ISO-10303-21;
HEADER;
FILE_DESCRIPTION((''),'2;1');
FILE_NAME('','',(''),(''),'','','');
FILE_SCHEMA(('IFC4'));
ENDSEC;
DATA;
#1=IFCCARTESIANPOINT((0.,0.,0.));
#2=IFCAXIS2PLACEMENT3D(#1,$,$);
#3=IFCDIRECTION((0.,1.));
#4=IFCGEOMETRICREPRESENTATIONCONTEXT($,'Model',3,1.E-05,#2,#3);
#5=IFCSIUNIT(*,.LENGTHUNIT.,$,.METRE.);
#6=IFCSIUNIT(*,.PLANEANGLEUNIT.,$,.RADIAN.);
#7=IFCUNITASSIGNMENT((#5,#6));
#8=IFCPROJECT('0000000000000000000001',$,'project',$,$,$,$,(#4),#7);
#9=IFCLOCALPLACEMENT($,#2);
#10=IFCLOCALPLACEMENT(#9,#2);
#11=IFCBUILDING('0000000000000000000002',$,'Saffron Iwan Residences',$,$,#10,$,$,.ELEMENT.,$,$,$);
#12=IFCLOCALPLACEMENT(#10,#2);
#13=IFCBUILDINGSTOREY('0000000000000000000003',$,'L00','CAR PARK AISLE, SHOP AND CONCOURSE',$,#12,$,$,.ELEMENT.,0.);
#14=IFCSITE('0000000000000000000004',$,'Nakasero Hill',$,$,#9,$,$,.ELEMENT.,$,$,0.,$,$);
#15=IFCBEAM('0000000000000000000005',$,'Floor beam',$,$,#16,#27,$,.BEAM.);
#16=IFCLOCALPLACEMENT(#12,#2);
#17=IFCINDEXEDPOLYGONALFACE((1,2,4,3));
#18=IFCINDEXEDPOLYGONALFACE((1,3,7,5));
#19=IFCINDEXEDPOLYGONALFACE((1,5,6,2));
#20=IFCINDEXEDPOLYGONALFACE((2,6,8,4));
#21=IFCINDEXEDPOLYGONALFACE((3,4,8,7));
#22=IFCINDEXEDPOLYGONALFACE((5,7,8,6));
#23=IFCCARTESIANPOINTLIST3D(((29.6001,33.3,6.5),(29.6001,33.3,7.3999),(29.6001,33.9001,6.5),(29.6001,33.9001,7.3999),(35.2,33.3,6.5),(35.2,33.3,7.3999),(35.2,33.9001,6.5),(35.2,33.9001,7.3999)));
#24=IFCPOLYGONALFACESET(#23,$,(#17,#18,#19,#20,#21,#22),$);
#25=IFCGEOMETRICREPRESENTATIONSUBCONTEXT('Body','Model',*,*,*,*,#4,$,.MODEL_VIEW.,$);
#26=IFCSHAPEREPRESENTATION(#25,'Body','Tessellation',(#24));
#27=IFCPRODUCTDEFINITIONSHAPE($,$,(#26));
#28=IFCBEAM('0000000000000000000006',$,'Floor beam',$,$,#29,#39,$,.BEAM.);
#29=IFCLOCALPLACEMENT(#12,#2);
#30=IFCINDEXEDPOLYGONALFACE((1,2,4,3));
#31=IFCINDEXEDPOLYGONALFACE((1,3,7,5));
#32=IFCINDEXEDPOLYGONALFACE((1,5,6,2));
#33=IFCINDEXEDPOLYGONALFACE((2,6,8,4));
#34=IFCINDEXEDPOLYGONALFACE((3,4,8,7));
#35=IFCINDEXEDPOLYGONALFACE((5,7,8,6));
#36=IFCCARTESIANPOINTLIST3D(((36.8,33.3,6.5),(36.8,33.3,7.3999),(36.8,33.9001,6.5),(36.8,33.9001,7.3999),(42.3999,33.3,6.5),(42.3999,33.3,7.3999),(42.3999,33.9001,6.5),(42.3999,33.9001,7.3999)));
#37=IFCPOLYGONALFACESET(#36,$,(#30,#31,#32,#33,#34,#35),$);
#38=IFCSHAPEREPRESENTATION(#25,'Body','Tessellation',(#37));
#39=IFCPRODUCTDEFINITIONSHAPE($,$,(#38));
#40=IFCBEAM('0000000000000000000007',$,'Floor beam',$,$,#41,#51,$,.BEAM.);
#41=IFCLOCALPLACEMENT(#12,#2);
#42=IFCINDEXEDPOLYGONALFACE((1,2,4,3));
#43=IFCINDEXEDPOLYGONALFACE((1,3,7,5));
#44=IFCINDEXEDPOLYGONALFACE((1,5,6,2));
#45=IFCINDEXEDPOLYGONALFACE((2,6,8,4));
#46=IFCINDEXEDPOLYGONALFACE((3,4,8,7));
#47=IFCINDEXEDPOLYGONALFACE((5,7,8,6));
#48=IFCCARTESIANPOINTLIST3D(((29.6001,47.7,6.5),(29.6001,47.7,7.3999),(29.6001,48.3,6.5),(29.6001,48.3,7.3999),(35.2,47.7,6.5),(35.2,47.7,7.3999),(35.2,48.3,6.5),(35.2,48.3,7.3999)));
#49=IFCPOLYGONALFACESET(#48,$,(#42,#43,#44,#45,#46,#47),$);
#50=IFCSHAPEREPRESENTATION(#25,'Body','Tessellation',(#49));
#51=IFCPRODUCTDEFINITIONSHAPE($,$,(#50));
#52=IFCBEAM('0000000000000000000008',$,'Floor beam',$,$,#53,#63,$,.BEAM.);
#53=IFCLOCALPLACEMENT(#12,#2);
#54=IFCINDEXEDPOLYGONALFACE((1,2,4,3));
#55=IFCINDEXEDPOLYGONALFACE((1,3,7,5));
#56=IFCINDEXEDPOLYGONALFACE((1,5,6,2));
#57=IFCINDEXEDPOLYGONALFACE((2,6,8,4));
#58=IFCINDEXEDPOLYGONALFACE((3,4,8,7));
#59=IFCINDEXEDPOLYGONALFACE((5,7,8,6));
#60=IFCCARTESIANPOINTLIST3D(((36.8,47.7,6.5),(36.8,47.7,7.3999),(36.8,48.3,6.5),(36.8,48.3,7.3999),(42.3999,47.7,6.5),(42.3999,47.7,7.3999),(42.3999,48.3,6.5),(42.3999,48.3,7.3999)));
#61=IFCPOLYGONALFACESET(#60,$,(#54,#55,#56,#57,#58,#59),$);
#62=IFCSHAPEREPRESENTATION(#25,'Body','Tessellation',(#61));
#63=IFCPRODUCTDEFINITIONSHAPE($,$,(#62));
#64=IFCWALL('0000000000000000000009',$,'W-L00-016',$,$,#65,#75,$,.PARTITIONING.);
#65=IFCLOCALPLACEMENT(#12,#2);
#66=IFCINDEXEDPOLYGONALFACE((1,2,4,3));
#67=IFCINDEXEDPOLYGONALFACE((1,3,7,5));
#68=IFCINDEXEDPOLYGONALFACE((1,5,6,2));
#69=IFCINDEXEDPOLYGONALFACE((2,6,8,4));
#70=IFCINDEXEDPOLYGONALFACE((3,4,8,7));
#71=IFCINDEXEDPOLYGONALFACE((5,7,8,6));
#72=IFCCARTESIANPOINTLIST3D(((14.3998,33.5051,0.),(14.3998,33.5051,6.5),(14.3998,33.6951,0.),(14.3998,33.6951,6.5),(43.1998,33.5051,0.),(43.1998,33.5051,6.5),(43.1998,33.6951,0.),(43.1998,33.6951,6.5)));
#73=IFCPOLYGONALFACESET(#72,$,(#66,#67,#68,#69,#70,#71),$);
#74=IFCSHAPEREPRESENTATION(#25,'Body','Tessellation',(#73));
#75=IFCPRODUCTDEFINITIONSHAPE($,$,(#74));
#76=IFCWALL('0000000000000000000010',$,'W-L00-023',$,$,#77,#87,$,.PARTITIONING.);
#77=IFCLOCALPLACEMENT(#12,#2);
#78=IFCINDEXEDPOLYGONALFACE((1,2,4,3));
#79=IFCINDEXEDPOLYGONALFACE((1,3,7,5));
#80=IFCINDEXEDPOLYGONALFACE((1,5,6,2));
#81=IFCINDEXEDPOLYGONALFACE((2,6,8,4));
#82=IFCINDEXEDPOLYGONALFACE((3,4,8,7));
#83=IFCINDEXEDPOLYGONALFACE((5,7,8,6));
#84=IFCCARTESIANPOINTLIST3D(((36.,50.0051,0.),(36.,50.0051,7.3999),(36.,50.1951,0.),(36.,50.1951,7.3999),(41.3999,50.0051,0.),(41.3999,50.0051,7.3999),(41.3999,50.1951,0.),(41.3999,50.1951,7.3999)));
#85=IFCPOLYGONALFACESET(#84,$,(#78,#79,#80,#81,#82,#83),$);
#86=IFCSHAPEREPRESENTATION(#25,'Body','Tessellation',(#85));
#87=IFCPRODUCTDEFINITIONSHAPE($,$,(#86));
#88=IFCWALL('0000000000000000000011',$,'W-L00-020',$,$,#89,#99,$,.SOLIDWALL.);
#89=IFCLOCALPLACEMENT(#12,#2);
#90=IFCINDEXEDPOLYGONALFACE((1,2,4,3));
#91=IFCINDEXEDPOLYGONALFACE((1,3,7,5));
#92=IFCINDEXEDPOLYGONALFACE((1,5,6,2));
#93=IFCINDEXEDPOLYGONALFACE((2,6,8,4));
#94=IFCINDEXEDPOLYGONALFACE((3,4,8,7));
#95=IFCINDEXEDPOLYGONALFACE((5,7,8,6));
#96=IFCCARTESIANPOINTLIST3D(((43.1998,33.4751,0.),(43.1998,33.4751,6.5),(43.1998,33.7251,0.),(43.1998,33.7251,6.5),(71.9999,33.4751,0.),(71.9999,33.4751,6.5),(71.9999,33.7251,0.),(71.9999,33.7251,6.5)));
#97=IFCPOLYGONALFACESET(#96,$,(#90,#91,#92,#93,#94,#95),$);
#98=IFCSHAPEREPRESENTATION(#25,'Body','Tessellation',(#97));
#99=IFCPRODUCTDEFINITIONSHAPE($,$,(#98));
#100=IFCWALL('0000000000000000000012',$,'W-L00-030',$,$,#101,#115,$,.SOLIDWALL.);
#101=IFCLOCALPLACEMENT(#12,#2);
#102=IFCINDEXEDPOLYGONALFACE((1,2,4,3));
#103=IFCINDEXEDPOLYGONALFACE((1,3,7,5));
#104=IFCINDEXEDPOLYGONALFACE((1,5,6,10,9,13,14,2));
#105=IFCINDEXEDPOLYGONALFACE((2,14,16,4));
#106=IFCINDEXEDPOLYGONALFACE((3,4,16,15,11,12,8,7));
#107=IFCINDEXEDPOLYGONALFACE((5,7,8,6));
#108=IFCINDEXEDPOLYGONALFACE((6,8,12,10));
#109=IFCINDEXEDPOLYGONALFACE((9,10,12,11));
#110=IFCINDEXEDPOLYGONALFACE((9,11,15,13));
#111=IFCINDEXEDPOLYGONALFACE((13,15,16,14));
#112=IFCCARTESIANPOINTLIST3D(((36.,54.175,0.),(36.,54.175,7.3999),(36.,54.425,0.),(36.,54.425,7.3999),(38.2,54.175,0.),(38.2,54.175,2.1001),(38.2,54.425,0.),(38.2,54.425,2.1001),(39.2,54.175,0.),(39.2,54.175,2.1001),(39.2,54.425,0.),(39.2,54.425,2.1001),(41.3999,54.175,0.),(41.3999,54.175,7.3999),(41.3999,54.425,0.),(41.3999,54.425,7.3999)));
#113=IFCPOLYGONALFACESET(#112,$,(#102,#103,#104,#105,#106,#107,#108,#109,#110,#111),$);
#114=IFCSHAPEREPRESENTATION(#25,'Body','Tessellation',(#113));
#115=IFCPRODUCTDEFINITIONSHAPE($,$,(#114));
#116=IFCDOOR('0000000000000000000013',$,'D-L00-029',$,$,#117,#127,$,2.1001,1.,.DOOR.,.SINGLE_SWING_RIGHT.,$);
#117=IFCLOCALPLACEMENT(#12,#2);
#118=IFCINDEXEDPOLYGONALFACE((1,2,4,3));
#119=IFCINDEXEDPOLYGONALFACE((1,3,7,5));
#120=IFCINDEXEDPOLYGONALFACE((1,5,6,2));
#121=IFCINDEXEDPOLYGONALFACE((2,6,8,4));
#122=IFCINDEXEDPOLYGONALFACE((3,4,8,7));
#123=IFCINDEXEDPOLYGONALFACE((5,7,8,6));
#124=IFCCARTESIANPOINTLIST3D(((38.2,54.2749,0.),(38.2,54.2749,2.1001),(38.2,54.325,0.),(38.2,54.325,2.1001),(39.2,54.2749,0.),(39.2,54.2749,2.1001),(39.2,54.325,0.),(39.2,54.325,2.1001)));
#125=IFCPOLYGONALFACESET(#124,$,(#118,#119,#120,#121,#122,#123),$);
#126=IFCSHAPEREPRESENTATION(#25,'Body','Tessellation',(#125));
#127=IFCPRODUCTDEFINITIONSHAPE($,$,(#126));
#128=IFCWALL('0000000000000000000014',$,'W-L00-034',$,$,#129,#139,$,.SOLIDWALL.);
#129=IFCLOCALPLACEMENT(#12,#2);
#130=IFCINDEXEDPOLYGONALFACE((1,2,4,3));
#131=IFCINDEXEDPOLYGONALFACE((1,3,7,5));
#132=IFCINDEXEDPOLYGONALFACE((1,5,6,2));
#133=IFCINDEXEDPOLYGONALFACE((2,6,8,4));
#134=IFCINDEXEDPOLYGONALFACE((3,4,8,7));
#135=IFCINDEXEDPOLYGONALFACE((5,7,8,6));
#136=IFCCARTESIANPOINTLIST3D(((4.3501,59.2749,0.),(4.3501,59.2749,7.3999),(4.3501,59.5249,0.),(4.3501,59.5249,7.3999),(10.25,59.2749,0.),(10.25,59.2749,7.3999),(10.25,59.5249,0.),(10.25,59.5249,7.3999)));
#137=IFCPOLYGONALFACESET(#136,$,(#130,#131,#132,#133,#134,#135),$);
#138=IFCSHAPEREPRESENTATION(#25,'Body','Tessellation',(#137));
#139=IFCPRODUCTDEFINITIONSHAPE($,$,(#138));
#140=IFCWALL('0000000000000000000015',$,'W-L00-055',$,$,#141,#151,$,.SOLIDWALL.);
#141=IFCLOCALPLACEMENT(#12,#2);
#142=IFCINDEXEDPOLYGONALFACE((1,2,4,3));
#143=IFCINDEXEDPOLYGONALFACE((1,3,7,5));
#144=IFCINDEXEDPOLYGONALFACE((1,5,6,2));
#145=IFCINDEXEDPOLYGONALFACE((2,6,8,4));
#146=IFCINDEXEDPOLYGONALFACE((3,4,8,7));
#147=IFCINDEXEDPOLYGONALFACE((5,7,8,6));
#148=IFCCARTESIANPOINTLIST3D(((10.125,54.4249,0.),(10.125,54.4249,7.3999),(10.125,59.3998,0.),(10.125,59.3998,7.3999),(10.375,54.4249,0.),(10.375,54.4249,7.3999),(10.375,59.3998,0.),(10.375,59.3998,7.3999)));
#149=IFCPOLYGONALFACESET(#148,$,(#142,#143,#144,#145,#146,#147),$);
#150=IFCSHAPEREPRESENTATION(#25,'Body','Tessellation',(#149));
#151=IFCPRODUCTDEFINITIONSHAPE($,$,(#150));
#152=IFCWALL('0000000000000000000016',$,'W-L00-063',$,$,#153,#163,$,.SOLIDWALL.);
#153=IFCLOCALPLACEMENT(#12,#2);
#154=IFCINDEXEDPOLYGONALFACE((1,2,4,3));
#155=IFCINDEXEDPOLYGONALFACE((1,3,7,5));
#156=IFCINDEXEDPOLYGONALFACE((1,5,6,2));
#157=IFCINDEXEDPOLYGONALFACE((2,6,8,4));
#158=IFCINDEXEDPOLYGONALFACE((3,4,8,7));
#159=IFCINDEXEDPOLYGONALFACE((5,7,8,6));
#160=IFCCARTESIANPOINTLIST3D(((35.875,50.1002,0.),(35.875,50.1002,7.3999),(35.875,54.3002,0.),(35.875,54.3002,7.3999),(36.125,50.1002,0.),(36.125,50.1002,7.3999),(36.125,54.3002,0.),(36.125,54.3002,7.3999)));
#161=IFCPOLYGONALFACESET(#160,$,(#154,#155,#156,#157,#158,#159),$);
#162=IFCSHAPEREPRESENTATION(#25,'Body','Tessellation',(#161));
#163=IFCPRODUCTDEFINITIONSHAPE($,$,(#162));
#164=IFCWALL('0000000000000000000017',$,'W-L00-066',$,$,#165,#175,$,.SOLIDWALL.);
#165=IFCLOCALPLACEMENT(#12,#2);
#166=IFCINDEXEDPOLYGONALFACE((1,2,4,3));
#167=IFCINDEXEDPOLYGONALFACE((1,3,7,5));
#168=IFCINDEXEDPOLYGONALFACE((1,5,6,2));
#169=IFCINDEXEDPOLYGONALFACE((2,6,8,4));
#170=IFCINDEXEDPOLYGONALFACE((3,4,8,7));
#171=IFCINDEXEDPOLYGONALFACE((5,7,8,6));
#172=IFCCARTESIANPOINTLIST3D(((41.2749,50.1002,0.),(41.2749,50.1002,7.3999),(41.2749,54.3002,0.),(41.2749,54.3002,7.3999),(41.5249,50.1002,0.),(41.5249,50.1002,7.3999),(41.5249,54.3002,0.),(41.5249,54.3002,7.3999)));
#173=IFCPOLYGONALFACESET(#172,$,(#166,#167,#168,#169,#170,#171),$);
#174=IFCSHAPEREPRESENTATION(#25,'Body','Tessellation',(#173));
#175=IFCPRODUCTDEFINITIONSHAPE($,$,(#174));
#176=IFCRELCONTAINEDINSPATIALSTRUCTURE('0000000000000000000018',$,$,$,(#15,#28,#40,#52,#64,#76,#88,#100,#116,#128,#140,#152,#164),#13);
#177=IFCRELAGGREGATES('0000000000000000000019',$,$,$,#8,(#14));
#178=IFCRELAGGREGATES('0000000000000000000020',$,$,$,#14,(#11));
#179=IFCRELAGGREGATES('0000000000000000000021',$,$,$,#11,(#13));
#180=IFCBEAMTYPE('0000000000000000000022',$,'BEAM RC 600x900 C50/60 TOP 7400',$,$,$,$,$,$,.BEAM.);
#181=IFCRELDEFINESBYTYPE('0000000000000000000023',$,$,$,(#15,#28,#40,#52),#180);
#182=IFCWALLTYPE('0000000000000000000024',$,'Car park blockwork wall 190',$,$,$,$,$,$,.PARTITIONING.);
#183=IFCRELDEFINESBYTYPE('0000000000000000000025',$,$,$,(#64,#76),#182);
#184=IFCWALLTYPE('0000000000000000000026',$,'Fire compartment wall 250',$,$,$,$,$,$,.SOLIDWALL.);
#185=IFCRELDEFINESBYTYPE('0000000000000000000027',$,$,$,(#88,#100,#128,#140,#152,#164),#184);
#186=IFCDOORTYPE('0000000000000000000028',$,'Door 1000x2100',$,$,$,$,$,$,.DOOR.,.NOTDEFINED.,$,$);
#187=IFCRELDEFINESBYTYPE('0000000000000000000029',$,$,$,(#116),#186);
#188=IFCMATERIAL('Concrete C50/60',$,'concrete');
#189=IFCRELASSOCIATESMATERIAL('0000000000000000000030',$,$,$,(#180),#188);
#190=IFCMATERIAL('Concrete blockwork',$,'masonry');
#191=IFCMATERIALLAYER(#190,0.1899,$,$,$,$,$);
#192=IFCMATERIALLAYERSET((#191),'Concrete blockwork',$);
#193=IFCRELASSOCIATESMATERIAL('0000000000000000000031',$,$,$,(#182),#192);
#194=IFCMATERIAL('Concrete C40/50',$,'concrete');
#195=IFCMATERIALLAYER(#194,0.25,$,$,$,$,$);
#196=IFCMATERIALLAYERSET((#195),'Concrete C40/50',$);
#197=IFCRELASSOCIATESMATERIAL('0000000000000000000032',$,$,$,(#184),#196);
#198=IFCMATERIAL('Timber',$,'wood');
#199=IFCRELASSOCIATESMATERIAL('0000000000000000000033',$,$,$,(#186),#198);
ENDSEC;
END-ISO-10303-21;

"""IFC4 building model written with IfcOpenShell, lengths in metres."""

from ifc_helpers import new_model, si_unit, direction, frame, frame_2d, origin, origin_2d, place, context, subcontext, project, spatial, rectangle, extrude, source, transform, mapped, material, layer, layer_set, material_profile, profile_set, type_object, element, fill, save


model = new_model("IFC4")

# Units and contexts
model_context = context("Model", 3, precision=1e-05, world=origin(), true_north=direction((0.0, 1.0)))
body_context = subcontext(model_context, "Body", "Model", "MODEL_VIEW")
ifc_project = project(units=[si_unit("LENGTHUNIT", "METRE"), si_unit("PLANEANGLEUNIT", "RADIAN")], contexts=[model_context])

# Site, building, storey
site_placement = place(None, origin())
site = spatial("IfcSite", under=ifc_project, at=site_placement, Name="Nakasero Hill", CompositionType="ELEMENT", RefElevation=0.0)
building_placement = place(site_placement, origin())
building = spatial("IfcBuilding", under=site, at=building_placement, Name="Saffron Iwan Residences", CompositionType="ELEMENT")
storey_placement = place(building_placement, origin())
storey = spatial("IfcBuildingStorey", under=building, at=storey_placement, Name="L00", Description="CAR PARK AISLE, SHOP AND CONCOURSE", CompositionType="ELEMENT", Elevation=0.0)

# Shared definitions
ifc_material_1 = material(Name="Concrete C50/60", Category="concrete")

# Beams
ifc_material_profile_1 = material_profile(ifc_material_1, rectangle(XDim=0.6001, YDim=0.8999, at=origin_2d()), Name="RC 600x900")
ifc_profile_set_1 = profile_set([ifc_material_profile_1], Name="Concrete C50/60")
beam_type_1 = type_object("IfcBeamType", Name="BEAM RC 600x900 C50/60 TOP 7400", PredefinedType="BEAM", material=ifc_profile_set_1)
shared_shape_1 = source(origin(), body_context, "Body", "SweptSolid", [
    extrude(rectangle(XDim=0.6001, YDim=0.8999, at=origin_2d()), origin(), (0.0, 0.0, 1.0), 5.5999),
])
for number, where, z_axis, x_axis, name in (
    (1, (29.6001, 33.6001, 6.95), (1.0, 0.0, 0.0), (0.0, 1.0, 0.0), "Floor beam"),
    (2, (36.8, 33.6001, 6.95), (1.0, 0.0, 0.0), (0.0, 1.0, 0.0), "Floor beam"),
    (3, (29.6001, 48.0, 6.95), (1.0, 0.0, 0.0), (0.0, 1.0, 0.0), "Floor beam"),
    (4, (36.8, 48.0, 6.95), (1.0, 0.0, 0.0), (0.0, 1.0, 0.0), "Floor beam"),
):
    element("IfcBeam", number, at=place(storey_placement, frame(where, z_axis=z_axis, x_axis=x_axis)), inside=storey, type_object=beam_type_1, Name=name, PredefinedType="BEAM", context=body_context, shape_type="MappedRepresentation", body=[
        mapped(shared_shape_1, transform((0.0, 0.0, 0.0))),
    ])

# Walls
ifc_material_2 = material(Name="Concrete blockwork", Category="masonry")
ifc_layer_1 = layer(ifc_material_2, 0.1899)
ifc_layer_set_1 = layer_set([ifc_layer_1], Name="Concrete blockwork")
wall_type_1 = type_object("IfcWallType", Name="Car park blockwork wall 190", PredefinedType="PARTITIONING", material=ifc_layer_set_1)
wall_1_placement = place(storey_placement, frame((14.3999, 33.6001, 0.0), z_axis=(0.0, 0.0, 1.0), x_axis=(1.0, 0.0, 0.0)))
element("IfcWall", 5, at=wall_1_placement, inside=storey, type_object=wall_type_1, Name="W-L00-016", PredefinedType="PARTITIONING", context=body_context, shape_type="SweptSolid", body=[
    extrude(rectangle(XDim=28.8, YDim=0.1899, at=frame_2d((14.3999, 0.0))), origin(), (0.0, 0.0, 1.0), 6.5),
])
wall_2_placement = place(storey_placement, frame((36.0, 50.1001, 0.0), z_axis=(0.0, 0.0, 1.0), x_axis=(1.0, 0.0, 0.0)))
element("IfcWall", 6, at=wall_2_placement, inside=storey, type_object=wall_type_1, Name="W-L00-023", PredefinedType="PARTITIONING", context=body_context, shape_type="SweptSolid", body=[
    extrude(rectangle(XDim=5.3999, YDim=0.1899, at=frame_2d((2.7, 0.0))), origin(), (0.0, 0.0, 1.0), 7.3999),
])
ifc_material_3 = material(Name="Concrete C40/50", Category="concrete")
ifc_layer_2 = layer(ifc_material_3, 0.25)
ifc_layer_set_2 = layer_set([ifc_layer_2], Name="Concrete C40/50")
wall_type_2 = type_object("IfcWallType", Name="Fire compartment wall 250", PredefinedType="SOLIDWALL", material=ifc_layer_set_2)
wall_3_placement = place(storey_placement, frame((43.2, 33.6001, 0.0), z_axis=(0.0, 0.0, 1.0), x_axis=(1.0, 0.0, 0.0)))
element("IfcWall", 7, at=wall_3_placement, inside=storey, type_object=wall_type_2, Name="W-L00-020", PredefinedType="SOLIDWALL", context=body_context, shape_type="SweptSolid", body=[
    extrude(rectangle(XDim=28.8, YDim=0.25, at=frame_2d((14.3999, 0.0))), origin(), (0.0, 0.0, 1.0), 6.5),
])

# Wall, opening, door
wall_4_placement = place(storey_placement, frame((36.0, 54.3, 0.0), z_axis=(0.0, 0.0, 1.0), x_axis=(1.0, 0.0, 0.0)))
wall_4 = element("IfcWall", 8, at=wall_4_placement, inside=storey, type_object=wall_type_2, Name="W-L00-030", PredefinedType="SOLIDWALL", context=body_context, shape_type="SweptSolid", body=[
    extrude(rectangle(XDim=5.3999, YDim=0.25, at=frame_2d((2.7, 0.0))), origin(), (0.0, 0.0, 1.0), 7.3999),
])
opening_1_placement = place(wall_4_placement, frame((2.2, 0.0, 0.0)))
opening_1 = element("IfcOpeningElement", 9, at=opening_1_placement, cuts=wall_4, PredefinedType="OPENING", context=body_context, shape_type="SweptSolid", body=[
    extrude(rectangle(XDim=1.0, YDim=2.1001, at=frame_2d((0.5, 1.05))), frame((0.0, 0.135, 0.0), z_axis=(0.0, -1.0, 0.0), x_axis=(1.0, 0.0, 0.0)), (0.0, 0.0, 1.0), 0.27),
])
ifc_material_4 = material(Name="Timber", Category="wood")
door_type_1 = type_object("IfcDoorType", Name="Door 1000x2100", OperationType="NOTDEFINED", PredefinedType="DOOR", material=ifc_material_4)
door_1_placement = place(opening_1_placement, origin())
door_1 = element("IfcDoor", 10, at=door_1_placement, inside=storey, type_object=door_type_1, Name="D-L00-029", OperationType="SINGLE_SWING_RIGHT", OverallHeight=2.1001, OverallWidth=1.0, PredefinedType="DOOR", context=body_context, shape_type="SweptSolid", body=[
    extrude(rectangle(XDim=1.0, YDim=2.1001, at=frame_2d((0.5, 1.05))), frame((0.0, 0.0249, 0.0), z_axis=(0.0, -1.0, 0.0), x_axis=(1.0, 0.0, 0.0)), (0.0, 0.0, 1.0), 0.05),
])
fill(opening_1, door_1)

# Walls
wall_5_placement = place(storey_placement, frame((4.3501, 59.3999, 0.0), z_axis=(0.0, 0.0, 1.0), x_axis=(1.0, 0.0, 0.0)))
element("IfcWall", 11, at=wall_5_placement, inside=storey, type_object=wall_type_2, Name="W-L00-034", PredefinedType="SOLIDWALL", context=body_context, shape_type="SweptSolid", body=[
    extrude(rectangle(XDim=5.8999, YDim=0.25, at=frame_2d((2.95, 0.0))), origin(), (0.0, 0.0, 1.0), 7.3999),
])
wall_6_placement = place(storey_placement, frame((10.25, 54.425, 0.0), z_axis=(0.0, 0.0, 1.0), x_axis=(0.0, 1.0, 0.0)))
element("IfcWall", 12, at=wall_6_placement, inside=storey, type_object=wall_type_2, Name="W-L00-055", PredefinedType="SOLIDWALL", context=body_context, shape_type="SweptSolid", body=[
    extrude(rectangle(XDim=4.9749, YDim=0.25, at=frame_2d((2.4873, 0.0))), origin(), (0.0, 0.0, 1.0), 7.3999),
])
for number, where, z_axis, x_axis, name in (
    (13, (36.0, 50.1001, 0.0), (0.0, 0.0, 1.0), (0.0, 1.0, 0.0), "W-L00-063"),
    (14, (41.3999, 50.1001, 0.0), (0.0, 0.0, 1.0), (0.0, 1.0, 0.0), "W-L00-066"),
):
    element("IfcWall", number, at=place(storey_placement, frame(where, z_axis=z_axis, x_axis=x_axis)), inside=storey, type_object=wall_type_2, Name=name, PredefinedType="SOLIDWALL", context=body_context, shape_type="SweptSolid", body=[
        extrude(rectangle(XDim=4.2, YDim=0.25, at=frame_2d((2.1001, 0.0))), origin(), (0.0, 0.0, 1.0), 7.3999),
    ])

save(model, "model.ifc")
